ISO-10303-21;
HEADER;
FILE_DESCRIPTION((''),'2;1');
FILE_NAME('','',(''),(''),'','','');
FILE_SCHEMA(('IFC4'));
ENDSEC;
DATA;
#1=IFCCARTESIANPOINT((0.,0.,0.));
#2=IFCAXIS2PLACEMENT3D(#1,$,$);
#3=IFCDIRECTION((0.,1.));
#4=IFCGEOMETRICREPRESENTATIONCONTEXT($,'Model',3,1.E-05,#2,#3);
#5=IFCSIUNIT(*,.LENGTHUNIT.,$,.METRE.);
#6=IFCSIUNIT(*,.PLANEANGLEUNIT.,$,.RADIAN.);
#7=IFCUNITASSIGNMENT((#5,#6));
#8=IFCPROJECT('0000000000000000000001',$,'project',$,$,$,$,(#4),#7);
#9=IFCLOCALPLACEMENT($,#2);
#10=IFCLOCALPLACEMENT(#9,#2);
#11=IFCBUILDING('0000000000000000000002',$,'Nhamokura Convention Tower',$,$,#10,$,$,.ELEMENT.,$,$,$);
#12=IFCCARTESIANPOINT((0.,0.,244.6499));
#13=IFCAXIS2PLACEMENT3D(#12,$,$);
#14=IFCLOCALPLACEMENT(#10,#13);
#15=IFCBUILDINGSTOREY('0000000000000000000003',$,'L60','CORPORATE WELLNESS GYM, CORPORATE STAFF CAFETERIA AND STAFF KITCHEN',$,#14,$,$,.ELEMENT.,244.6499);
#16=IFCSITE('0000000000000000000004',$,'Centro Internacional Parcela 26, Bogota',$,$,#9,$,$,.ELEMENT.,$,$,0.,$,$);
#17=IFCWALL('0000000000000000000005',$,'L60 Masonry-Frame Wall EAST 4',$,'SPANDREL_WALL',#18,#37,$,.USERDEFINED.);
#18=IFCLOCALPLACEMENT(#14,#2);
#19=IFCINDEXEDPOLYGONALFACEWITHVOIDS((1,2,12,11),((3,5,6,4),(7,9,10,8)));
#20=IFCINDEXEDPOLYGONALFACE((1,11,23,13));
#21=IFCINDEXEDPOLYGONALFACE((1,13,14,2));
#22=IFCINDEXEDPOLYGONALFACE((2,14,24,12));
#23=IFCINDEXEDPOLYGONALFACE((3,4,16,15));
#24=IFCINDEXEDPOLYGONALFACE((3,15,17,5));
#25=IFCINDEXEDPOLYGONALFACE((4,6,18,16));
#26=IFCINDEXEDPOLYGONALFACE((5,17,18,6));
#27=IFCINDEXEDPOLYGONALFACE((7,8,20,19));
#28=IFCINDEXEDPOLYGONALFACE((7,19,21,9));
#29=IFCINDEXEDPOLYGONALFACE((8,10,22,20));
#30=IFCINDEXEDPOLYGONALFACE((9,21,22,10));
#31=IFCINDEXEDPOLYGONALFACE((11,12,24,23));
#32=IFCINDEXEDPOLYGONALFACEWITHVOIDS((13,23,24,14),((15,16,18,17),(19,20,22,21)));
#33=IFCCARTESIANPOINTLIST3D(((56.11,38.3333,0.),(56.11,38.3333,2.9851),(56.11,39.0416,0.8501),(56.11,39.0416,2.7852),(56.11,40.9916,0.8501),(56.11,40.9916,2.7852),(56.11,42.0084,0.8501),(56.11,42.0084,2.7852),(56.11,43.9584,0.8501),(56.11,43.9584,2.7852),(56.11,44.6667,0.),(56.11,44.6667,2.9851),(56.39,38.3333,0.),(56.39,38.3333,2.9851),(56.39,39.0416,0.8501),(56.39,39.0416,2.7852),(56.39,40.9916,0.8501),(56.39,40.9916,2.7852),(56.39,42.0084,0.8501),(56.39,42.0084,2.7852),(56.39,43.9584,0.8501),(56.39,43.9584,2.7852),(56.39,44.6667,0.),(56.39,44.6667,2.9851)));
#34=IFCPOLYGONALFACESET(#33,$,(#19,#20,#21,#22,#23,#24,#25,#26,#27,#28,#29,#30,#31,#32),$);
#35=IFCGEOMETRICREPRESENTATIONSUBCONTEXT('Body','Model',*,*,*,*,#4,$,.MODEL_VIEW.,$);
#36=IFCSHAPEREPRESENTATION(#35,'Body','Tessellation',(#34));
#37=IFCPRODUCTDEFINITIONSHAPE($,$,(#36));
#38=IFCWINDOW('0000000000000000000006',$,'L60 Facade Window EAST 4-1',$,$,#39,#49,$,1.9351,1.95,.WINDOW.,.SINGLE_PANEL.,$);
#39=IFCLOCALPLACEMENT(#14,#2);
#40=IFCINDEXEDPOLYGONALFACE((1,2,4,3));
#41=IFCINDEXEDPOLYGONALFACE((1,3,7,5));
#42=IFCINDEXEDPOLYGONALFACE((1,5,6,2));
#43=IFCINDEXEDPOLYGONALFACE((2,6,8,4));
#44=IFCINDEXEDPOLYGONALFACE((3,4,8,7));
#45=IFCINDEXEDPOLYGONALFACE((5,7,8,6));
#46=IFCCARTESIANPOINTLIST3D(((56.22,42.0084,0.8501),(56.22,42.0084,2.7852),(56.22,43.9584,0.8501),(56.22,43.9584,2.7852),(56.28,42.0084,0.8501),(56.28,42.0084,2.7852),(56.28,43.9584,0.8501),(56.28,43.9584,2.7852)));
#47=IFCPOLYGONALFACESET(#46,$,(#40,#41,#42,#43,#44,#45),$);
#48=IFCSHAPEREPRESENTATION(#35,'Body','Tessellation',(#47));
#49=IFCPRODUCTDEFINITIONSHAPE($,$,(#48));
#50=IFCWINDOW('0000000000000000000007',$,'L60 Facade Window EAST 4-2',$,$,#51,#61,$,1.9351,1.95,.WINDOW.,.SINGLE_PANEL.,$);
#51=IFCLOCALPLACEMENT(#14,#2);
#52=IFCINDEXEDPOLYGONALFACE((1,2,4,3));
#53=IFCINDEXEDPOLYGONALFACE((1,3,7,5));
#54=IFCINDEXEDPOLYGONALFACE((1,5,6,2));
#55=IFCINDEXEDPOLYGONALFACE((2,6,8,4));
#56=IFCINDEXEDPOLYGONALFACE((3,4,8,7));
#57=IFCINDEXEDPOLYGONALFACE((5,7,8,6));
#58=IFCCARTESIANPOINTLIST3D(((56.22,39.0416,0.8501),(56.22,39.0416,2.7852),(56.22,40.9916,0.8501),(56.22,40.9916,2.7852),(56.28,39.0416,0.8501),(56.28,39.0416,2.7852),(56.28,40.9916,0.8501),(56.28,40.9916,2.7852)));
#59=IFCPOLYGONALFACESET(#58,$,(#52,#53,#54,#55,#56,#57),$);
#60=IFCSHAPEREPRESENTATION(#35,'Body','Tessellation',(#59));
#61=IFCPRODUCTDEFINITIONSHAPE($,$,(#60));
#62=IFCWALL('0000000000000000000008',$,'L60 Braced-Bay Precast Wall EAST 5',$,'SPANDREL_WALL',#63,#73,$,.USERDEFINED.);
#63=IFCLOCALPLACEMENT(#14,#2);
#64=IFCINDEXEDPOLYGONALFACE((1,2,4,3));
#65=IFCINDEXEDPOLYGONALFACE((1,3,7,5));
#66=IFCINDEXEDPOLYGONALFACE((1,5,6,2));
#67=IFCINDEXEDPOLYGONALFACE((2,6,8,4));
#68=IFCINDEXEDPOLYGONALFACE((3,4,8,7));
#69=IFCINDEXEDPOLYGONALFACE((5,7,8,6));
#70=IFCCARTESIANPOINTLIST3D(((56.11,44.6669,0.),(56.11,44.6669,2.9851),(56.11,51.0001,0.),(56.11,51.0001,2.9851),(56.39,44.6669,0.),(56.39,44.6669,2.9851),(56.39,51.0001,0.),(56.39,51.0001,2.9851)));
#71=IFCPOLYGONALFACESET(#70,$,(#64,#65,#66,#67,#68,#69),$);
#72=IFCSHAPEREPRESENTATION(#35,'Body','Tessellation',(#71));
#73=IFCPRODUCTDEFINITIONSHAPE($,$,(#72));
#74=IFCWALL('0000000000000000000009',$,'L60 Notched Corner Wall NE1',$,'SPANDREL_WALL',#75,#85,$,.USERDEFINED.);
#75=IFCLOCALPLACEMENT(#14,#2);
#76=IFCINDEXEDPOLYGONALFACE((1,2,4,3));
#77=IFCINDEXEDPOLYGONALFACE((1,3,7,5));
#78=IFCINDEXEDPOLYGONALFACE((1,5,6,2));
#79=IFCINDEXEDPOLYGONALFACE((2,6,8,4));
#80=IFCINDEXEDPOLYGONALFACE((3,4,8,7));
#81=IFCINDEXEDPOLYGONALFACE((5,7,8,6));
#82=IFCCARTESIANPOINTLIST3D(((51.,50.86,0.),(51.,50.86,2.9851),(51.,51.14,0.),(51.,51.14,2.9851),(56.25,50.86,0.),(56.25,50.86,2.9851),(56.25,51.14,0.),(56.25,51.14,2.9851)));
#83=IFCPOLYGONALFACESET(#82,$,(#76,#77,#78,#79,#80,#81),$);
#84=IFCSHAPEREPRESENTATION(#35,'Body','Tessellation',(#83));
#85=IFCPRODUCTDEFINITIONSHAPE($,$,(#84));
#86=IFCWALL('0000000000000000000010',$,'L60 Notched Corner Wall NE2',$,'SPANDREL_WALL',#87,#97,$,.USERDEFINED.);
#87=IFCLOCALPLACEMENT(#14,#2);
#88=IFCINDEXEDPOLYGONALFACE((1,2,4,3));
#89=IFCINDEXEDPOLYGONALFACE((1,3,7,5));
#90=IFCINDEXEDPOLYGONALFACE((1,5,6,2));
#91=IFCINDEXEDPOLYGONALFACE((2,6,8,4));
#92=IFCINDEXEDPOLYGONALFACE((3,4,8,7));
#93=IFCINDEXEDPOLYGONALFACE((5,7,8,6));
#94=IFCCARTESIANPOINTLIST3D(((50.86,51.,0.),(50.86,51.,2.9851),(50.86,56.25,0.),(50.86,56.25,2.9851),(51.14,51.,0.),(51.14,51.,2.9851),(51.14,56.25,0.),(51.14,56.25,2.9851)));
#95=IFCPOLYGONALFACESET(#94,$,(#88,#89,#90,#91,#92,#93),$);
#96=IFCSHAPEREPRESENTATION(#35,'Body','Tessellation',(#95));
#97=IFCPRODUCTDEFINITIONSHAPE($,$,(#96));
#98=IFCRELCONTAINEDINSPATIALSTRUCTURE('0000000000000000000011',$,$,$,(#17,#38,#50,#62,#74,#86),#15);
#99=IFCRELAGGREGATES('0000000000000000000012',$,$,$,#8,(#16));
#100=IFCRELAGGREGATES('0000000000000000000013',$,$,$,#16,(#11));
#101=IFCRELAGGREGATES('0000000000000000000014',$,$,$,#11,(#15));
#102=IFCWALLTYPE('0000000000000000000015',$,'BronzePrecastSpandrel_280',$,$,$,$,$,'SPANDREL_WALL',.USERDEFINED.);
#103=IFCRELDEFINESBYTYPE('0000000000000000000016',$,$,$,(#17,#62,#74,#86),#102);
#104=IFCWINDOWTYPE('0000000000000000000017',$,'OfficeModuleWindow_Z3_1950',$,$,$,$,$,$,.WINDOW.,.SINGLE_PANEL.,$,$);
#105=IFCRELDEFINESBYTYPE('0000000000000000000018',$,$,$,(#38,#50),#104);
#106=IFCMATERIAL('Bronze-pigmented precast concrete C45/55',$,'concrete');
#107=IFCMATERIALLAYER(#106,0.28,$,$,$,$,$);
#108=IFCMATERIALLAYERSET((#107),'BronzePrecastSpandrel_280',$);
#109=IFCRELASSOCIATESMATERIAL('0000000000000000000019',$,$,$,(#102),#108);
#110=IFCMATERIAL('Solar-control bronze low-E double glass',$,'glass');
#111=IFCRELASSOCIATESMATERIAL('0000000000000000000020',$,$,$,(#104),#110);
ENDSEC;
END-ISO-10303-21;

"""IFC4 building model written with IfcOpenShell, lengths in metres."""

from ifc_helpers import new_model, si_unit, direction, frame, frame_2d, origin, place, context, subcontext, project, spatial, rectangle, extrude, material, layer, layer_set, type_object, element, fill, save


model = new_model("IFC4")

# Units and contexts
model_context = context("Model", 3, precision=1e-05, world=origin(), true_north=direction((0.0, 1.0)))
body_context = subcontext(model_context, "Body", "Model", "MODEL_VIEW")
ifc_project = project(units=[si_unit("LENGTHUNIT", "METRE"), si_unit("PLANEANGLEUNIT", "RADIAN")], contexts=[model_context])

# Site, building, storey
site_placement = place(None, origin())
site = spatial("IfcSite", under=ifc_project, at=site_placement, Name="Centro Internacional Parcela 26, Bogota", CompositionType="ELEMENT", RefElevation=0.0)
building_placement = place(site_placement, origin())
building = spatial("IfcBuilding", under=site, at=building_placement, Name="Nhamokura Convention Tower", CompositionType="ELEMENT")
storey_placement = place(building_placement, frame((0.0, 0.0, 244.6499)))
storey = spatial("IfcBuildingStorey", under=building, at=storey_placement, Name="L60", Description="CORPORATE WELLNESS GYM, CORPORATE STAFF CAFETERIA AND STAFF KITCHEN", CompositionType="ELEMENT", Elevation=244.6499)

# Shared definitions
ifc_material_1 = material(Name="Bronze-pigmented precast concrete C45/55", Category="concrete")
ifc_layer = layer(ifc_material_1, 0.28)
ifc_layer_set = layer_set([ifc_layer], Name="BronzePrecastSpandrel_280")
wall_type = type_object("IfcWallType", Name="BronzePrecastSpandrel_280", ElementType="SPANDREL_WALL", PredefinedType="USERDEFINED", material=ifc_layer_set)

# Wall, openings, windows
wall_1_placement = place(storey_placement, frame((56.25, 44.6667, 0.0), z_axis=(0.0, 0.0, 1.0), x_axis=(0.0, -1.0, 0.0)))
wall_1 = element("IfcWall", 1, at=wall_1_placement, inside=storey, type_object=wall_type, Name="L60 Masonry-Frame Wall EAST 4", ObjectType="SPANDREL_WALL", PredefinedType="USERDEFINED", context=body_context, shape_type="SweptSolid", body=[
    extrude(rectangle(XDim=6.3335, YDim=0.28, at=frame_2d((3.1667, 0.0))), origin(), (0.0, 0.0, 1.0), 2.9851),
])
opening_1_placement = place(wall_1_placement, frame((0.7083, 0.0, 0.8501)))
opening_1 = element("IfcOpeningElement", 2, at=opening_1_placement, cuts=wall_1, PredefinedType="OPENING", context=body_context, shape_type="SweptSolid", body=[
    extrude(rectangle(XDim=1.95, YDim=1.9351, at=frame_2d((0.9751, 0.9675))), frame((0.0, 0.1499, 0.0), z_axis=(0.0, -1.0, 0.0), x_axis=(1.0, 0.0, 0.0)), (0.0, 0.0, 1.0), 0.3),
])
opening_2_placement = place(wall_1_placement, frame((3.675, 0.0, 0.8501)))
opening_2 = element("IfcOpeningElement", 3, at=opening_2_placement, cuts=wall_1, PredefinedType="OPENING", context=body_context, shape_type="SweptSolid", body=[
    extrude(rectangle(XDim=1.95, YDim=1.9351, at=frame_2d((0.9751, 0.9675))), frame((0.0, 0.1499, 0.0), z_axis=(0.0, -1.0, 0.0), x_axis=(1.0, 0.0, 0.0)), (0.0, 0.0, 1.0), 0.3),
])
ifc_material_2 = material(Name="Solar-control bronze low-E double glass", Category="glass")
window_type_1 = type_object("IfcWindowType", Name="OfficeModuleWindow_Z3_1950", PartitioningType="SINGLE_PANEL", PredefinedType="WINDOW", material=ifc_material_2)
window_1_placement = place(opening_1_placement, origin())
window_1 = element("IfcWindow", 4, at=window_1_placement, inside=storey, type_object=window_type_1, Name="L60 Facade Window EAST 4-1", OverallHeight=1.9351, OverallWidth=1.95, PartitioningType="SINGLE_PANEL", PredefinedType="WINDOW", context=body_context, shape_type="SweptSolid", body=[
    extrude(rectangle(XDim=1.95, YDim=1.9351, at=frame_2d((0.9751, 0.9675))), frame((0.0, 0.03, 0.0), z_axis=(0.0, -1.0, 0.0), x_axis=(1.0, 0.0, 0.0)), (0.0, 0.0, 1.0), 0.0601),
])
fill(opening_1, window_1)
window_2_placement = place(opening_2_placement, origin())
window_2 = element("IfcWindow", 5, at=window_2_placement, inside=storey, type_object=window_type_1, Name="L60 Facade Window EAST 4-2", OverallHeight=1.9351, OverallWidth=1.95, PartitioningType="SINGLE_PANEL", PredefinedType="WINDOW", context=body_context, shape_type="SweptSolid", body=[
    extrude(rectangle(XDim=1.95, YDim=1.9351, at=frame_2d((0.9751, 0.9675))), frame((0.0, 0.03, 0.0), z_axis=(0.0, -1.0, 0.0), x_axis=(1.0, 0.0, 0.0)), (0.0, 0.0, 1.0), 0.0601),
])
fill(opening_2, window_2)

# Walls
wall_2_placement = place(storey_placement, frame((56.25, 51.0, 0.0), z_axis=(0.0, 0.0, 1.0), x_axis=(0.0, -1.0, 0.0)))
element("IfcWall", 6, at=wall_2_placement, inside=storey, type_object=wall_type, Name="L60 Braced-Bay Precast Wall EAST 5", ObjectType="SPANDREL_WALL", PredefinedType="USERDEFINED", context=body_context, shape_type="SweptSolid", body=[
    extrude(rectangle(XDim=6.3333, YDim=0.28, at=frame_2d((3.1665, 0.0))), origin(), (0.0, 0.0, 1.0), 2.9851),
])
for number, where, z_axis, x_axis, name in (
    (7, (51.0, 51.0, 0.0), (0.0, 0.0, 1.0), (1.0, 0.0, 0.0), "L60 Notched Corner Wall NE1"),
    (8, (51.0, 56.25, 0.0), (0.0, 0.0, 1.0), (0.0, -1.0, 0.0), "L60 Notched Corner Wall NE2"),
):
    element("IfcWall", number, at=place(storey_placement, frame(where, z_axis=z_axis, x_axis=x_axis)), inside=storey, type_object=wall_type, Name=name, ObjectType="SPANDREL_WALL", PredefinedType="USERDEFINED", context=body_context, shape_type="SweptSolid", body=[
        extrude(rectangle(XDim=5.25, YDim=0.28, at=frame_2d((2.625, 0.0))), origin(), (0.0, 0.0, 1.0), 2.9851),
    ])

save(model, "model.ifc")
